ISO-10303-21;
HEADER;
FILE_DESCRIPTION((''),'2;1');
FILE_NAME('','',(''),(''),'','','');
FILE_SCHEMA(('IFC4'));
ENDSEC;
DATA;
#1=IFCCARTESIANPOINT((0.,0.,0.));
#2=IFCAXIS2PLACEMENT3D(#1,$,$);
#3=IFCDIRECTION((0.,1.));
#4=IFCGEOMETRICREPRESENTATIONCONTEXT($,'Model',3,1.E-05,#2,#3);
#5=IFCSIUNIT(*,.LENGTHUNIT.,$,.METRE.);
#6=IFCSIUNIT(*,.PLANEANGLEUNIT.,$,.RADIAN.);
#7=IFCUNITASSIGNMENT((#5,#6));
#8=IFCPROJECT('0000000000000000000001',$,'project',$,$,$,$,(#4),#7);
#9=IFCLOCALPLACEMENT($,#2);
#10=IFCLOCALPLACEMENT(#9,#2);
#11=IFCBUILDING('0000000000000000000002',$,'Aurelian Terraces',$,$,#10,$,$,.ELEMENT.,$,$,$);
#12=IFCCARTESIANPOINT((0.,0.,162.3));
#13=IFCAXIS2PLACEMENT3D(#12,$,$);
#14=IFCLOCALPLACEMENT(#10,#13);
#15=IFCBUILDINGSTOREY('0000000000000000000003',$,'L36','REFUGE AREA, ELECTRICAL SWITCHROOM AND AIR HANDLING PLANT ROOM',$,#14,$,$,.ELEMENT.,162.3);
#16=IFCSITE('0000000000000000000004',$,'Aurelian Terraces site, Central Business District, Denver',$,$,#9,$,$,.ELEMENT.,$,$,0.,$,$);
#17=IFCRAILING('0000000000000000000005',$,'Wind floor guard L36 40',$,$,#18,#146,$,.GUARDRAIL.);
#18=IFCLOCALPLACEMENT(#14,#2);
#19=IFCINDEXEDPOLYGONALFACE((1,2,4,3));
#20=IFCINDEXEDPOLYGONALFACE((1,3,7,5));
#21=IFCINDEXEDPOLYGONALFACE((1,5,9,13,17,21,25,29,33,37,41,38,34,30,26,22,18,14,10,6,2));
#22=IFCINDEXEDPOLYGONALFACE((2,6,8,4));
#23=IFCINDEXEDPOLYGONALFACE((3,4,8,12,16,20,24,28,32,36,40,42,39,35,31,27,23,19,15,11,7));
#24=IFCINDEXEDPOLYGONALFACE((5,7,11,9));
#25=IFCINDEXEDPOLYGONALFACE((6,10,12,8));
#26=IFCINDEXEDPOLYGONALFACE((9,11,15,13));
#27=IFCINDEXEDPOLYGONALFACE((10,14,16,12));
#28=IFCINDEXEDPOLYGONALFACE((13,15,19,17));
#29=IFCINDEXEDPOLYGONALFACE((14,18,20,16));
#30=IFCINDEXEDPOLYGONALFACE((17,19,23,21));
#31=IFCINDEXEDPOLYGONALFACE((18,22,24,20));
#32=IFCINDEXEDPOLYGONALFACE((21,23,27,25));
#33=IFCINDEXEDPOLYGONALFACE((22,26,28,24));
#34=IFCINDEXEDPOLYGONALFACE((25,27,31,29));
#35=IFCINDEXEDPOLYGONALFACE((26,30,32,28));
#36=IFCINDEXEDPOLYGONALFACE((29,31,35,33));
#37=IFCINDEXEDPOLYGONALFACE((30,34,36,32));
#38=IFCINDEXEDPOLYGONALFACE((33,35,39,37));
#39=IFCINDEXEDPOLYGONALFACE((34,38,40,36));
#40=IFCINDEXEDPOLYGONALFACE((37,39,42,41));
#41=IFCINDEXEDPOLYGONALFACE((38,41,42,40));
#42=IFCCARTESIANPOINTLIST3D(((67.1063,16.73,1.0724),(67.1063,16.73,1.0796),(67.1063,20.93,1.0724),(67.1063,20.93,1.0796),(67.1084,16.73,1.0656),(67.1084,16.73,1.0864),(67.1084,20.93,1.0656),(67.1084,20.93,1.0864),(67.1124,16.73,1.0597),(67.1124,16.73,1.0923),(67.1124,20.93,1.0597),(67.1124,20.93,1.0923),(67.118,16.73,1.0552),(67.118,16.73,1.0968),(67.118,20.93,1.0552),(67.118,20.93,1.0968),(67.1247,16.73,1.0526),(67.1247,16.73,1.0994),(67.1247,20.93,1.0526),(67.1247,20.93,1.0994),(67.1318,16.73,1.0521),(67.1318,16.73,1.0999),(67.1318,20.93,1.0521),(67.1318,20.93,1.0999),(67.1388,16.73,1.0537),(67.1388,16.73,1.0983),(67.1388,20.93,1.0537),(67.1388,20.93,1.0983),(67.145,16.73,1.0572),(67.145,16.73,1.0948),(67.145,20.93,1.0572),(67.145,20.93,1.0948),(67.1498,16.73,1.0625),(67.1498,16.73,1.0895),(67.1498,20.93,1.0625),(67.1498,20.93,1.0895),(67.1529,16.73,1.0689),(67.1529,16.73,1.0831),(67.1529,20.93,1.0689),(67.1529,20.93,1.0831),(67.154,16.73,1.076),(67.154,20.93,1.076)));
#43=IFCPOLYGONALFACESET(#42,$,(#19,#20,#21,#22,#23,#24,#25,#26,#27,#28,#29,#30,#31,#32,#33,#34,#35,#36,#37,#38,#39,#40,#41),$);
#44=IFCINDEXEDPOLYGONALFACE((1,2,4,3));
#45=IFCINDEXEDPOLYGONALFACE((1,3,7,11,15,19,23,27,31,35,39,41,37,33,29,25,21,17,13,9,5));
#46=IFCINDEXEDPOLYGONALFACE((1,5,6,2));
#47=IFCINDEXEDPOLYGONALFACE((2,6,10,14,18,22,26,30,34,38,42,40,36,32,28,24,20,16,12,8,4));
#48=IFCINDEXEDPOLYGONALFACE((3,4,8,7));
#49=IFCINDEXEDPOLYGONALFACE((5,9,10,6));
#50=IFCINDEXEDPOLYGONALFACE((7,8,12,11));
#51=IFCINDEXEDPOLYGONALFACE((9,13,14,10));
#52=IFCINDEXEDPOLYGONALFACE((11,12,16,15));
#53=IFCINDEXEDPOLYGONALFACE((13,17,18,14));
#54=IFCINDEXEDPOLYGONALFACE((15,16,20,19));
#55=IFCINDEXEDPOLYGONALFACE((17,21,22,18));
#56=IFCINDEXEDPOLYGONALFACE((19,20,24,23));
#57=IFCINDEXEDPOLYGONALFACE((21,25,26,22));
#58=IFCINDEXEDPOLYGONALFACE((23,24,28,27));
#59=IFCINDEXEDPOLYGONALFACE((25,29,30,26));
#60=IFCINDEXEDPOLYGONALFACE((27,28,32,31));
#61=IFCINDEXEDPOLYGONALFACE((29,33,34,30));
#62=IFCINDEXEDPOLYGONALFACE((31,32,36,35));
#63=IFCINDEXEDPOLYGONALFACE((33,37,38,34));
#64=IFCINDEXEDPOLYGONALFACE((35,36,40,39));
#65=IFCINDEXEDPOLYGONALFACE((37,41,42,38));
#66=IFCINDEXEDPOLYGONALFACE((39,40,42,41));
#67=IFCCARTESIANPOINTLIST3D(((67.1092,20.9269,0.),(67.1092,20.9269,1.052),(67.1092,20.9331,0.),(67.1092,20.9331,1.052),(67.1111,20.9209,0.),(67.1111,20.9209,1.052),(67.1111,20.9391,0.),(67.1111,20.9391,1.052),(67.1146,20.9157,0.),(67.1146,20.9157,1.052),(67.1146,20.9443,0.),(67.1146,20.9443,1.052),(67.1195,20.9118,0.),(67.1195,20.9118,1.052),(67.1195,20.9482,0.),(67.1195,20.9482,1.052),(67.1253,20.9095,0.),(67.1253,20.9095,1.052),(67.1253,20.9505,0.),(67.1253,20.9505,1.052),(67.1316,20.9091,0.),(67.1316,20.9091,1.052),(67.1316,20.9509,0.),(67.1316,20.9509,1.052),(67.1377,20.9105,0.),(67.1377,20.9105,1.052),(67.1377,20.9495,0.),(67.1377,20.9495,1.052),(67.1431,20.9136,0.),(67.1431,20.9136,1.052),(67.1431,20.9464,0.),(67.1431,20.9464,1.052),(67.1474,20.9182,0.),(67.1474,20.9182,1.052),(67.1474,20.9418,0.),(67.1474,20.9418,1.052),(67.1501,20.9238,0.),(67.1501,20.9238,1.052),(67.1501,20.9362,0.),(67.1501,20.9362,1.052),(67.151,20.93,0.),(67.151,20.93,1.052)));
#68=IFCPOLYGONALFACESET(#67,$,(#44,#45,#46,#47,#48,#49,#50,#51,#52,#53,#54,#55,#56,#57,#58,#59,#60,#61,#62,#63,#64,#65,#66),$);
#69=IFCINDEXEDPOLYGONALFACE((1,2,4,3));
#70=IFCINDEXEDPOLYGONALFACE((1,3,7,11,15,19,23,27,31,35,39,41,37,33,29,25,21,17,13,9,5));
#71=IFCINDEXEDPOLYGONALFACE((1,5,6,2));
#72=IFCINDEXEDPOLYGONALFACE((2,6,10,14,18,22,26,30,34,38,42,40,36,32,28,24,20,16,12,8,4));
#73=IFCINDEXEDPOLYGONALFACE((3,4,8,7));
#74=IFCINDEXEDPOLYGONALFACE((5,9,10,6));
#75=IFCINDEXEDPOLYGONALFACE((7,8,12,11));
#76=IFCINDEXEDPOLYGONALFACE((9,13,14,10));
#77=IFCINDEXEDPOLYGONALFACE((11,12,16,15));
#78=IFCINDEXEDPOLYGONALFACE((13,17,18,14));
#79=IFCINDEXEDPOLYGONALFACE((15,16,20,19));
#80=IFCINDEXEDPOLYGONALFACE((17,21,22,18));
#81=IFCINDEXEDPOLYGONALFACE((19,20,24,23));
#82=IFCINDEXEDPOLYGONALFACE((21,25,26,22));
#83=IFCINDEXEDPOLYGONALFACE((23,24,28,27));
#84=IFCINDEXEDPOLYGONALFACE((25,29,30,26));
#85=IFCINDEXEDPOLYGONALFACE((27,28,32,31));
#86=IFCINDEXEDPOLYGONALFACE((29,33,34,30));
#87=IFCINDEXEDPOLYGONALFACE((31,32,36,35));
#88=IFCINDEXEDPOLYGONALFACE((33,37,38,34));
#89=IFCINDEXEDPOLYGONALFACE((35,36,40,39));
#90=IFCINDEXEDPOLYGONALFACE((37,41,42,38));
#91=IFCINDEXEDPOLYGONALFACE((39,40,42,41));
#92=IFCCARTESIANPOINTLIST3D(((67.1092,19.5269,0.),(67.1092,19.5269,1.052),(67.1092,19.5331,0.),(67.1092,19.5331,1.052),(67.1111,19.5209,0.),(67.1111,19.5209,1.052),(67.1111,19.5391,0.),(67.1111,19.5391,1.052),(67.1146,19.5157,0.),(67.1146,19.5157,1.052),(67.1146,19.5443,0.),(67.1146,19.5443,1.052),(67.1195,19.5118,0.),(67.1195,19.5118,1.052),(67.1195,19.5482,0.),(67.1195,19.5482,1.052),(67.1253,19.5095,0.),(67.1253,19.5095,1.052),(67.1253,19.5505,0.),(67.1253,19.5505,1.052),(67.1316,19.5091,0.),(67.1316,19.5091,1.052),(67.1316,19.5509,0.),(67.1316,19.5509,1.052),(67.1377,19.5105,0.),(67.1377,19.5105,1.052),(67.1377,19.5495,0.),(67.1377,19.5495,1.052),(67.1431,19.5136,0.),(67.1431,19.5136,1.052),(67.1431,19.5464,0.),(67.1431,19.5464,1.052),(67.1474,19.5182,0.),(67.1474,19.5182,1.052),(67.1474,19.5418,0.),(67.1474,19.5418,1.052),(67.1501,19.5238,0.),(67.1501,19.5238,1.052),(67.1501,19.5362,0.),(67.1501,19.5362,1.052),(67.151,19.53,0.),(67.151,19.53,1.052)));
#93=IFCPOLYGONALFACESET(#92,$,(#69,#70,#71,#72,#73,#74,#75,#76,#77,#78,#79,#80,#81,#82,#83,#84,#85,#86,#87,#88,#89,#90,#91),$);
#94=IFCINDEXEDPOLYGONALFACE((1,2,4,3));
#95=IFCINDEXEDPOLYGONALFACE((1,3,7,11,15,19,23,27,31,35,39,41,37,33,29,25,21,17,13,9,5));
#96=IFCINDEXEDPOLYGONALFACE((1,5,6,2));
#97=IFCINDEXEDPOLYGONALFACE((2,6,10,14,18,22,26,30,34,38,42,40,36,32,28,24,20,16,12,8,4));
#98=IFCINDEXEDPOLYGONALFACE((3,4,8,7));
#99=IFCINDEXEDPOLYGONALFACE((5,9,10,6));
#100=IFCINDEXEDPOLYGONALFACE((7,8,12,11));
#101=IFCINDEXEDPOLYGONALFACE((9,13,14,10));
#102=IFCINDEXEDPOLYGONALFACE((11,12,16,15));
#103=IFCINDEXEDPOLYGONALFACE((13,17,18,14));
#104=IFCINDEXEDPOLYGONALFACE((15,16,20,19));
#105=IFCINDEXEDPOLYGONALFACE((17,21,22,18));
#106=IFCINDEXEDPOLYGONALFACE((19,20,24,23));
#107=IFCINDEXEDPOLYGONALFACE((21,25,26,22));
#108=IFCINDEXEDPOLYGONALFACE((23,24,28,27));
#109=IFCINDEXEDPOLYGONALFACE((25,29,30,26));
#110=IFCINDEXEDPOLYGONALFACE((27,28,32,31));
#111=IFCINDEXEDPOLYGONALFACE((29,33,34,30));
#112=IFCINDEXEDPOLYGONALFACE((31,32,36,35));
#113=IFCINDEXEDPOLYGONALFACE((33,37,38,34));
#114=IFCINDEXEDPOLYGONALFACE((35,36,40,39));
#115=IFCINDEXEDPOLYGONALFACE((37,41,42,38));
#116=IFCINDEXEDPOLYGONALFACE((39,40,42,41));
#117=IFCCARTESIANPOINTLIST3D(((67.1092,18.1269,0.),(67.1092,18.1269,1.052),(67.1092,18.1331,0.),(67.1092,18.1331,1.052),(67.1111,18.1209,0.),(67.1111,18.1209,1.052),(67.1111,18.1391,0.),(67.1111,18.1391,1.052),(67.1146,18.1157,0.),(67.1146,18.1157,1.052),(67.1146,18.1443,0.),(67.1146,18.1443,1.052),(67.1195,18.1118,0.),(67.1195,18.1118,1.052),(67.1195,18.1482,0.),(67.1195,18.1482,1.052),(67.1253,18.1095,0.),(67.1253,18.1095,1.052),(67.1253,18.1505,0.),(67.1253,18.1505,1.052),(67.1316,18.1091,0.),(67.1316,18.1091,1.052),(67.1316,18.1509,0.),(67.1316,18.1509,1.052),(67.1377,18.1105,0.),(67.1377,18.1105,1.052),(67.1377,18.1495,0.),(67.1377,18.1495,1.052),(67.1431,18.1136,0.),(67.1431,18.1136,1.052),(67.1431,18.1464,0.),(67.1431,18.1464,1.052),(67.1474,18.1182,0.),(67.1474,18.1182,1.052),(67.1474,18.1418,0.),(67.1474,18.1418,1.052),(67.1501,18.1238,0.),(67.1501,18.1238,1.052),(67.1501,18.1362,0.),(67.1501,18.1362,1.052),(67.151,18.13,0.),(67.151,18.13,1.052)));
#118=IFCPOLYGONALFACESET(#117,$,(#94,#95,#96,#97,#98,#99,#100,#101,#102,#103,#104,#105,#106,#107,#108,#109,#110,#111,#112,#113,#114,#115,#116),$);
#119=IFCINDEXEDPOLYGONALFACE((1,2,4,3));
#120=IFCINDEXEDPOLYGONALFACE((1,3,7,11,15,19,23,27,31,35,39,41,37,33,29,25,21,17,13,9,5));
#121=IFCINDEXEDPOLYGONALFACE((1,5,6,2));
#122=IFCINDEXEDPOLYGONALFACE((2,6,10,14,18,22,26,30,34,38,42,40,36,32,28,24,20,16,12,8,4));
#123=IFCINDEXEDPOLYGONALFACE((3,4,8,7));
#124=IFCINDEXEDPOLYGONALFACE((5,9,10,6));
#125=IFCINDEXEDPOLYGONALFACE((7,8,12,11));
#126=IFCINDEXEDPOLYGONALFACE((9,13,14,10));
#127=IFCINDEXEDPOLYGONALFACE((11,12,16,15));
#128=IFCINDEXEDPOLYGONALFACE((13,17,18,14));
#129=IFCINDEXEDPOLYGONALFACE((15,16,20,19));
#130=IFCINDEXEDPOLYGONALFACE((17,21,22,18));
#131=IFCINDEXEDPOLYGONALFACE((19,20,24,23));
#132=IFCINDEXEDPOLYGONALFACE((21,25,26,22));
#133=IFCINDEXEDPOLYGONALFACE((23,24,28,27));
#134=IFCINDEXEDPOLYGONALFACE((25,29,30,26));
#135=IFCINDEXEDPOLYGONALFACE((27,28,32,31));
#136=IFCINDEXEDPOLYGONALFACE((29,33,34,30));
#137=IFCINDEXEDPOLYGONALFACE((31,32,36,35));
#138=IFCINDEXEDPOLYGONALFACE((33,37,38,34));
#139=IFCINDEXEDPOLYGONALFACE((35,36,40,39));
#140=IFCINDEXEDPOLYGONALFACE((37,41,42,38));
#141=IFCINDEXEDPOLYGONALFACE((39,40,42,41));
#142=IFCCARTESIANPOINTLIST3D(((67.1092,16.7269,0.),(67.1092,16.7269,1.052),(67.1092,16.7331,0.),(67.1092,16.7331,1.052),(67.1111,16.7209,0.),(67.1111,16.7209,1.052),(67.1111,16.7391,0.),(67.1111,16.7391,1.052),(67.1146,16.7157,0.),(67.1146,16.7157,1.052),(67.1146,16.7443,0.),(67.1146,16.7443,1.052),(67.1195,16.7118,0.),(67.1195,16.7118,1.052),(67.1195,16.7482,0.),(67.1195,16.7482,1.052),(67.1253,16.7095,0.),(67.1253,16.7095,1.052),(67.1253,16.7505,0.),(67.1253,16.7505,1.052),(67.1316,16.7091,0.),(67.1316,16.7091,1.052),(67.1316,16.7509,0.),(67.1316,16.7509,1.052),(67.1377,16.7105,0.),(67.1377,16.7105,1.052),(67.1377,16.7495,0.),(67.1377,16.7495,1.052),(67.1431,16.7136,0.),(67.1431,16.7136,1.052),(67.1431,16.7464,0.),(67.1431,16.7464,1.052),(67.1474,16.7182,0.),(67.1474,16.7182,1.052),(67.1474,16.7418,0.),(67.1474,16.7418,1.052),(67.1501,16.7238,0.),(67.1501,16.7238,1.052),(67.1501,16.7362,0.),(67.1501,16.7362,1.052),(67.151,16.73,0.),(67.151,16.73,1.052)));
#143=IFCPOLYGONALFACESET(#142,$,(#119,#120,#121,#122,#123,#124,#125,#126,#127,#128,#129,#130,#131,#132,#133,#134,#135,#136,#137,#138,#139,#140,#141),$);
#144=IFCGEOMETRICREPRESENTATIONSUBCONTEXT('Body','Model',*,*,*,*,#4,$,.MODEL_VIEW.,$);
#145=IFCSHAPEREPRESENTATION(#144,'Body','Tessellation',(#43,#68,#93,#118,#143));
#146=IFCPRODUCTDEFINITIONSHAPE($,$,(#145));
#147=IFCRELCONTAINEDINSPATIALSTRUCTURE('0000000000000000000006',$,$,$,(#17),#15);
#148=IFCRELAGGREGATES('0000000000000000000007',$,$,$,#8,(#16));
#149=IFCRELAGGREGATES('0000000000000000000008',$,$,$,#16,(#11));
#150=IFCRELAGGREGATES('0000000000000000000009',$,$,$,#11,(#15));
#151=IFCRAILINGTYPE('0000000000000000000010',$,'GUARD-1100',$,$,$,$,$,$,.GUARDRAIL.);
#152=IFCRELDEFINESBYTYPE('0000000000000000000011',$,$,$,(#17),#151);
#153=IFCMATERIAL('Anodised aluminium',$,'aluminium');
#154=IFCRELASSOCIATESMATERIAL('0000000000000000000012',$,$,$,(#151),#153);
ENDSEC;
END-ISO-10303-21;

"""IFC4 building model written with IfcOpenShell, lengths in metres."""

from ifc_helpers import new_model, si_unit, direction, frame, origin, origin_2d, place, context, subcontext, project, spatial, circle, extrude, source, transform, mapped, material, type_object, element, save


model = new_model("IFC4")

# Units and contexts
model_context = context("Model", 3, precision=1e-05, world=origin(), true_north=direction((0.0, 1.0)))
body_context = subcontext(model_context, "Body", "Model", "MODEL_VIEW")
ifc_project = project(units=[si_unit("LENGTHUNIT", "METRE"), si_unit("PLANEANGLEUNIT", "RADIAN")], contexts=[model_context])

# Site, building, storey
site_placement = place(None, origin())
site = spatial("IfcSite", under=ifc_project, at=site_placement, Name="Aurelian Terraces site, Central Business District, Denver", CompositionType="ELEMENT", RefElevation=0.0)
building_placement = place(site_placement, origin())
building = spatial("IfcBuilding", under=site, at=building_placement, Name="Aurelian Terraces", CompositionType="ELEMENT")
storey_placement = place(building_placement, frame((0.0, 0.0, 162.3)))
storey = spatial("IfcBuildingStorey", under=building, at=storey_placement, Name="L36", Description="REFUGE AREA, ELECTRICAL SWITCHROOM AND AIR HANDLING PLANT ROOM", CompositionType="ELEMENT", Elevation=162.3)

# Railing
ifc_material_1 = material(Name="Anodised aluminium", Category="aluminium")
railing_type = type_object("IfcRailingType", Name="GUARD-1100", PredefinedType="GUARDRAIL", material=ifc_material_1)
shared_shape_1 = source(origin(), body_context, "Body", "SweptSolid", [
    extrude(circle(Radius=0.024, at=origin_2d()), frame((0.0, 0.0, 1.076), z_axis=(0.0, -1.0, 0.0), x_axis=(1.0, 0.0, 0.0)), (0.0, 0.0, 1.0), 4.2),
    extrude(circle(Radius=0.021, at=origin_2d()), origin(), (0.0, 0.0, 1.0), 1.052),
    extrude(circle(Radius=0.021, at=origin_2d()), frame((0.0, -1.4, 0.0)), (0.0, 0.0, 1.0), 1.052),
    extrude(circle(Radius=0.021, at=origin_2d()), frame((0.0, -2.8, 0.0)), (0.0, 0.0, 1.0), 1.052),
    extrude(circle(Radius=0.021, at=origin_2d()), frame((0.0, -4.2, 0.0)), (0.0, 0.0, 1.0), 1.052),
])
railing_1_placement = place(storey_placement, frame((67.13, 20.93, 0.0)))
element("IfcRailing", 1, at=railing_1_placement, inside=storey, type_object=railing_type, Name="Wind floor guard L36 40", PredefinedType="GUARDRAIL", context=body_context, shape_type="MappedRepresentation", body=[
    mapped(shared_shape_1, transform((0.0, 0.0, 0.0), scale=1.0)),
])

save(model, "model.ifc")
